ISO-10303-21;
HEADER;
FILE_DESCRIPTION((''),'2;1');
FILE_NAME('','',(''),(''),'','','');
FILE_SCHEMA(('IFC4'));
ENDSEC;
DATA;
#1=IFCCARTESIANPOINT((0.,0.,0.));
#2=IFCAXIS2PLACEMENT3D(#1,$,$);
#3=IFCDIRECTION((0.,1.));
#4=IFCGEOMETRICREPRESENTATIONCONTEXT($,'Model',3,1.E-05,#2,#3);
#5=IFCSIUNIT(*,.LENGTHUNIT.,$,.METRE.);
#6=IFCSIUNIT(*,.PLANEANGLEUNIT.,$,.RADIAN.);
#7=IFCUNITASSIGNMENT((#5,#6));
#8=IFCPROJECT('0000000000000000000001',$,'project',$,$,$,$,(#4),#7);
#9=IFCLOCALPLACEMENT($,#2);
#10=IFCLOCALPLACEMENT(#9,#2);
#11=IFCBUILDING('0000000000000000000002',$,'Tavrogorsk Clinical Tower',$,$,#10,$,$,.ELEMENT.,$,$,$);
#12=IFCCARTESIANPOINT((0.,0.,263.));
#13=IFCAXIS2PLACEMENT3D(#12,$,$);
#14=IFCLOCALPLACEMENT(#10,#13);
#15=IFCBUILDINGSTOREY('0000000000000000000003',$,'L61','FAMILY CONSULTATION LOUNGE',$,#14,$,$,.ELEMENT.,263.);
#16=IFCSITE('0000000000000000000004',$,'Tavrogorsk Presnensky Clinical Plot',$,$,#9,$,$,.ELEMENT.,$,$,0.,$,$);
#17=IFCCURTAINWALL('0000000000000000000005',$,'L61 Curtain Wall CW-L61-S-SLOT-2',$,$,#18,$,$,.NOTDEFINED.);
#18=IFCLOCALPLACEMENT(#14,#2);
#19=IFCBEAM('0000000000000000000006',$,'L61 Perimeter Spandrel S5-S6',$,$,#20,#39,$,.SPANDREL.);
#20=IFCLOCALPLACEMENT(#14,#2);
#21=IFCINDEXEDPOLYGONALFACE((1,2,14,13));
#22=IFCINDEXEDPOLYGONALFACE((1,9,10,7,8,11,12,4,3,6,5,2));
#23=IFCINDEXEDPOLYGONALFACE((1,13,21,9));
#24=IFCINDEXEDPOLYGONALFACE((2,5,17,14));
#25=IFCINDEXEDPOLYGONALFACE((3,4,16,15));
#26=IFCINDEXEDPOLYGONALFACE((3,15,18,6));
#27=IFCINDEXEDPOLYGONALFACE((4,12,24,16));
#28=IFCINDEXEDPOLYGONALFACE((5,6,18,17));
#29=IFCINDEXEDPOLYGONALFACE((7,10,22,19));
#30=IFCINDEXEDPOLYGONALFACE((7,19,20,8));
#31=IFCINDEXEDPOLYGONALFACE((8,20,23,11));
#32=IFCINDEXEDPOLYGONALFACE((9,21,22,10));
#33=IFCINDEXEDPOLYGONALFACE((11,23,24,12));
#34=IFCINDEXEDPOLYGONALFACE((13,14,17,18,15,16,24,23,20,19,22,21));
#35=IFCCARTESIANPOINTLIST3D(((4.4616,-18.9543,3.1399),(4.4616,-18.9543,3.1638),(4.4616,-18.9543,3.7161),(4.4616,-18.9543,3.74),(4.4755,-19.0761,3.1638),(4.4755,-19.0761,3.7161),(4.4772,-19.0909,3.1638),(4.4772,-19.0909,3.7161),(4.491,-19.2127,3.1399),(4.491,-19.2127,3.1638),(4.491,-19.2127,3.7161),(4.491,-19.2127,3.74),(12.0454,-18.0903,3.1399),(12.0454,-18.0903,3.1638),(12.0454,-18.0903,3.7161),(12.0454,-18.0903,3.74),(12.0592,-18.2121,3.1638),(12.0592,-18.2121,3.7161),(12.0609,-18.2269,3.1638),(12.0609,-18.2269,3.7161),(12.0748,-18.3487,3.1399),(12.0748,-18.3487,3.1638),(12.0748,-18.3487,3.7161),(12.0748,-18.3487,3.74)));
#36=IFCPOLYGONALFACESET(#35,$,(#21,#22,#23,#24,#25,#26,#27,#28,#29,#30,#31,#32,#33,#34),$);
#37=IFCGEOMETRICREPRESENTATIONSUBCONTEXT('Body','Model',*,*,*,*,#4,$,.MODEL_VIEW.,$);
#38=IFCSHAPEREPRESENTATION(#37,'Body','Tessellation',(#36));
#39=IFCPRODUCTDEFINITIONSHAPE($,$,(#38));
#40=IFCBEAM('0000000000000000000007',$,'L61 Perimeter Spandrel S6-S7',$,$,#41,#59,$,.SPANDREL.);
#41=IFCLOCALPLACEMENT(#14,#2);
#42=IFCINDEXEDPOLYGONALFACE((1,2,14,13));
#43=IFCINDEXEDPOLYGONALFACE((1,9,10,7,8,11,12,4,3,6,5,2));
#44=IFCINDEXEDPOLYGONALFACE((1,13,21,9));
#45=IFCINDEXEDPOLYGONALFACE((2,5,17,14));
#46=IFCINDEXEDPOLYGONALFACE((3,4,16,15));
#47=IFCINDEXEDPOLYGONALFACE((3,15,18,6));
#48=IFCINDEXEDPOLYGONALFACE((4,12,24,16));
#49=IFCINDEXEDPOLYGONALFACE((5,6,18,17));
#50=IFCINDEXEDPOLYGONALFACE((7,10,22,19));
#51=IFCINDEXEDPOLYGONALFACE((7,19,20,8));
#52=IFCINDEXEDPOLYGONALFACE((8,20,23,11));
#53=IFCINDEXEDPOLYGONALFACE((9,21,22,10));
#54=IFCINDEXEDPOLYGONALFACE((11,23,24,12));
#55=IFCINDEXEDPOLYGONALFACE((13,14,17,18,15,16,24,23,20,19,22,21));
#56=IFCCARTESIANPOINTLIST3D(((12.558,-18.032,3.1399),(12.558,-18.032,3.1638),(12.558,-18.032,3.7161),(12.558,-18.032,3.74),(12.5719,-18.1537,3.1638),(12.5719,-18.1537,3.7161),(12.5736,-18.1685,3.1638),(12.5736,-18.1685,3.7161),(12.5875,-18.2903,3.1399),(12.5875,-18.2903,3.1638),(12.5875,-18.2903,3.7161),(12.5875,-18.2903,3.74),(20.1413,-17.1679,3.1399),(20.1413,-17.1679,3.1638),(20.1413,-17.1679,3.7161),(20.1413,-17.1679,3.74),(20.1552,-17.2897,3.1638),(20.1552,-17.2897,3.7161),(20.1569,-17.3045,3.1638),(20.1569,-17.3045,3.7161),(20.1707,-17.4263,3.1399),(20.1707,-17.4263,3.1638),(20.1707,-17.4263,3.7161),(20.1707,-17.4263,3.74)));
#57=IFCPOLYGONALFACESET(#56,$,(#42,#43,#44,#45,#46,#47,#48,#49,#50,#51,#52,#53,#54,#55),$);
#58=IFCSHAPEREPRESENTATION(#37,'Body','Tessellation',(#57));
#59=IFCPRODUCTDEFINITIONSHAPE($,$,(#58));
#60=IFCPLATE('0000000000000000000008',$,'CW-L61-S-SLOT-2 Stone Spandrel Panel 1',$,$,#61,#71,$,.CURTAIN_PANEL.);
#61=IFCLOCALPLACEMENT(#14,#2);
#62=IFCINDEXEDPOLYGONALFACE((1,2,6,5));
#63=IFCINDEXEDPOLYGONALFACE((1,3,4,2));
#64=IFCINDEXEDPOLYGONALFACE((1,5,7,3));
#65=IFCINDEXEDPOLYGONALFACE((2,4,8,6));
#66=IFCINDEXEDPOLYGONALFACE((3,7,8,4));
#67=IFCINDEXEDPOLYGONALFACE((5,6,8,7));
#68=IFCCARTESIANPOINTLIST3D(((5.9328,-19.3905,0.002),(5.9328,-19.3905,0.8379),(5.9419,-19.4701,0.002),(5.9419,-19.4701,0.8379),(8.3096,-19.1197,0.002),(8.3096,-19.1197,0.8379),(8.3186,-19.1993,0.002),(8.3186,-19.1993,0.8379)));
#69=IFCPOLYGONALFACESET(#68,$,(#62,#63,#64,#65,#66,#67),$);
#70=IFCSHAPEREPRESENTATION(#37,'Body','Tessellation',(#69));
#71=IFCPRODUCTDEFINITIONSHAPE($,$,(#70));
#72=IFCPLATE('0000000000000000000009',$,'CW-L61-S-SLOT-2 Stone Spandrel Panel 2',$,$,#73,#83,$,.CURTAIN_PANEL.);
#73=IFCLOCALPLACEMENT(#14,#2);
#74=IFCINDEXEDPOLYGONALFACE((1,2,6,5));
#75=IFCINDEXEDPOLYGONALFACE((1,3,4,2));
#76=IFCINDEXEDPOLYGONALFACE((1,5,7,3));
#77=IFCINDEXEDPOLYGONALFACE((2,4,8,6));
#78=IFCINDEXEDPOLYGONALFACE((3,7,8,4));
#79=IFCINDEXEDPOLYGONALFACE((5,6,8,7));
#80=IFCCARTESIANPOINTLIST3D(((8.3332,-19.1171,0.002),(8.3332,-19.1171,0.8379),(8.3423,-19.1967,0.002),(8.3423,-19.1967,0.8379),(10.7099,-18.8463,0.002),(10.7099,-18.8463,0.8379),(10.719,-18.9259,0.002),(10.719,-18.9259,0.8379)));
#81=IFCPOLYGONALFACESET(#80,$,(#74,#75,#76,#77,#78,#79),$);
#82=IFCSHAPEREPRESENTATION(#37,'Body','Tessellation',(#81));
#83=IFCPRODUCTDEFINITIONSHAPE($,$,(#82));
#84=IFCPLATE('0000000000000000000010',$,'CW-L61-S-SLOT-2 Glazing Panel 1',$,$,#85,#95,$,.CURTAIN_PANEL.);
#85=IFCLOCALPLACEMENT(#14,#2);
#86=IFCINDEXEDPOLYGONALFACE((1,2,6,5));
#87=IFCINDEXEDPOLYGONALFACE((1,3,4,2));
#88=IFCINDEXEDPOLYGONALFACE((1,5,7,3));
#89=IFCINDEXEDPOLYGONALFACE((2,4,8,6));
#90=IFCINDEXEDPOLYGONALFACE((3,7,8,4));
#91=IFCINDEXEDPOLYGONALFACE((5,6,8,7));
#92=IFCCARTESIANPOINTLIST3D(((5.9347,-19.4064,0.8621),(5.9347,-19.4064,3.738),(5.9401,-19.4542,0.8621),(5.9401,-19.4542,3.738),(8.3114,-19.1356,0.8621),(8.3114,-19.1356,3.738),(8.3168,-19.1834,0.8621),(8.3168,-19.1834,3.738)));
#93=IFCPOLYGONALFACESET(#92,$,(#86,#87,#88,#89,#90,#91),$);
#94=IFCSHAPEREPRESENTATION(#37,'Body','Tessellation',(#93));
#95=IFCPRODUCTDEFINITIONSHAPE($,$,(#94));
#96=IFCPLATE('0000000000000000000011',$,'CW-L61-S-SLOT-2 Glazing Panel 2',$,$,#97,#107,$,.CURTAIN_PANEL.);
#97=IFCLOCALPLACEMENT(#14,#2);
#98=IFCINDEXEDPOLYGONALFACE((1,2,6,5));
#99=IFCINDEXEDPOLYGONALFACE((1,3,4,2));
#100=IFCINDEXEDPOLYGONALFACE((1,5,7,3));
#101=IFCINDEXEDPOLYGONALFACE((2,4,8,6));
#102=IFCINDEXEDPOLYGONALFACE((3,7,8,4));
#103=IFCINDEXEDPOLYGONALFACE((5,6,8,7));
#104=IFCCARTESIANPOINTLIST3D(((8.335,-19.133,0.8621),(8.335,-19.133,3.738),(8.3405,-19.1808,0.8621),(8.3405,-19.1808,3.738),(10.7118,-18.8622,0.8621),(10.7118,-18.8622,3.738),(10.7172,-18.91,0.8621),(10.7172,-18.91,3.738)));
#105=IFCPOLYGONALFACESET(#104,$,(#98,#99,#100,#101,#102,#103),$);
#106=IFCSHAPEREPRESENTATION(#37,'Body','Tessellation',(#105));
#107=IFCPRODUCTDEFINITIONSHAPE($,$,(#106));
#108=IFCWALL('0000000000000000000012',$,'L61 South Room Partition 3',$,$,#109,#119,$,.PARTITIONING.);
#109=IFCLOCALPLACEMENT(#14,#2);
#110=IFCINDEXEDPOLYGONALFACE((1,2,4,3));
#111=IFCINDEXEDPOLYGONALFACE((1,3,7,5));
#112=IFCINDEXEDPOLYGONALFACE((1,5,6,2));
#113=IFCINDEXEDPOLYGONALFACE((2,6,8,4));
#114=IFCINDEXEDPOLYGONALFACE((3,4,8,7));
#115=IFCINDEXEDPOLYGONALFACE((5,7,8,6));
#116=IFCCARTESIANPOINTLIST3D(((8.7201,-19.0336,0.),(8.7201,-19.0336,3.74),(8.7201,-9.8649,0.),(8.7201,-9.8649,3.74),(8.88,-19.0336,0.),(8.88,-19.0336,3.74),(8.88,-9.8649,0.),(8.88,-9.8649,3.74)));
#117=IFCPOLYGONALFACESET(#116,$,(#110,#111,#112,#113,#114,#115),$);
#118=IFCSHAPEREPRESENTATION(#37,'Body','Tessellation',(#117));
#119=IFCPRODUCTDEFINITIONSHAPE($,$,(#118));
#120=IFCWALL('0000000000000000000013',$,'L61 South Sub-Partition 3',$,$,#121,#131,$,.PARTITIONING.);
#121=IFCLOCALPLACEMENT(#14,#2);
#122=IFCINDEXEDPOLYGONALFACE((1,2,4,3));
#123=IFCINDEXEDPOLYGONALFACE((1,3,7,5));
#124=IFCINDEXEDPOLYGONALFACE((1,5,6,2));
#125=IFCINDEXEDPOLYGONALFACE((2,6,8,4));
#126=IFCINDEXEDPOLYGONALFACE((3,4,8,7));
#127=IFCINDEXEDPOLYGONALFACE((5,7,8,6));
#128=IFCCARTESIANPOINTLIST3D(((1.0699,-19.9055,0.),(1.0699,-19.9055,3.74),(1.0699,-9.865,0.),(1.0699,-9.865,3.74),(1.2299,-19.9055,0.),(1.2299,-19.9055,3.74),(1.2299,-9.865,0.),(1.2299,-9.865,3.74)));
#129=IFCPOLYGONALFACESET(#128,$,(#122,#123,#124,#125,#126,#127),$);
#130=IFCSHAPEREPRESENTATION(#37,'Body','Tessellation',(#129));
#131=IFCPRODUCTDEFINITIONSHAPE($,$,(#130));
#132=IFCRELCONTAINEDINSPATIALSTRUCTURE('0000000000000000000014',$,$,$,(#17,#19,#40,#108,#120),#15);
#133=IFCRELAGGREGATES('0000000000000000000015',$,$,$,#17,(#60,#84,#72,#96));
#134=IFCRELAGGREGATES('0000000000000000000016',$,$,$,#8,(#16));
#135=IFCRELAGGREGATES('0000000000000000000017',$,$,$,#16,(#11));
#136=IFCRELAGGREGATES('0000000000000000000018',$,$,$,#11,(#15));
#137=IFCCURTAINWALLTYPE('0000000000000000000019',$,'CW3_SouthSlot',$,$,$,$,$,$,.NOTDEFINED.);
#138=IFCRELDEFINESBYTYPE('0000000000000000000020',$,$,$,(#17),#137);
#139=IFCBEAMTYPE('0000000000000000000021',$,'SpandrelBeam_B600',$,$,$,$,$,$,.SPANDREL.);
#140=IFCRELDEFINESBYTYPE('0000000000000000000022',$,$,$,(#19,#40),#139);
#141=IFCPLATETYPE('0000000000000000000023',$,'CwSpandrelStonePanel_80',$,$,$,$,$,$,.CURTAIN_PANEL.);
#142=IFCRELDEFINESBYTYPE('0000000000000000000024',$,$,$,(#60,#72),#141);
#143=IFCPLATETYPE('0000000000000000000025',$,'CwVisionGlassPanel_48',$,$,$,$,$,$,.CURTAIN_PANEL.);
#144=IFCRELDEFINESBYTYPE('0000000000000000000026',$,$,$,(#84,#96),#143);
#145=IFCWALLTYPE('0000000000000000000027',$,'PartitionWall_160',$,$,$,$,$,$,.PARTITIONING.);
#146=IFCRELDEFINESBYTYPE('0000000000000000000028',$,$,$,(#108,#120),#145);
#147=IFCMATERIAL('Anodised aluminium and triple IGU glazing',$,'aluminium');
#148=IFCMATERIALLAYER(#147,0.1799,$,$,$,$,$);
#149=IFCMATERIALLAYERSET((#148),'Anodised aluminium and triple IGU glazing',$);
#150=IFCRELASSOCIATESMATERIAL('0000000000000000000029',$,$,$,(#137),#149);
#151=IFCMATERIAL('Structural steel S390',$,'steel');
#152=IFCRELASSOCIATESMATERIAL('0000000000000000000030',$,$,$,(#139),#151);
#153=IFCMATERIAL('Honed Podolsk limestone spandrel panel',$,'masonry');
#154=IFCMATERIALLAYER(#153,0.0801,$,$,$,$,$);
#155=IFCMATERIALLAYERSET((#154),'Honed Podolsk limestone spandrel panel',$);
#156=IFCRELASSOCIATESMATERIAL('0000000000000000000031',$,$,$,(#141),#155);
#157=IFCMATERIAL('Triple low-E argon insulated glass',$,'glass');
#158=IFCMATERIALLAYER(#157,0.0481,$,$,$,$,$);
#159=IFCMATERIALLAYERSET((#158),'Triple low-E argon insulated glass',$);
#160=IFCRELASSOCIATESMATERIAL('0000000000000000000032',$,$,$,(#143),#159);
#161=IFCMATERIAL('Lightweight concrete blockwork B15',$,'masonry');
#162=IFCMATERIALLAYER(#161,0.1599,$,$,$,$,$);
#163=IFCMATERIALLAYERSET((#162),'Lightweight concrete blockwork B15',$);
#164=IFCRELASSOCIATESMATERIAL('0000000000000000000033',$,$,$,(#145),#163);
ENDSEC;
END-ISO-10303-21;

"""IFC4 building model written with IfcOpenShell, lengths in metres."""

from ifc_helpers import new_model, si_unit, direction, frame, frame_2d, origin, origin_2d, place, context, subcontext, project, spatial, rectangle, i_section, extrude, material, layer, layer_set, material_profile, profile_set, type_object, element, aggregate, save


model = new_model("IFC4")

# Units and contexts
model_context = context("Model", 3, precision=1e-05, world=origin(), true_north=direction((0.0, 1.0)))
body_context = subcontext(model_context, "Body", "Model", "MODEL_VIEW")
ifc_project = project(units=[si_unit("LENGTHUNIT", "METRE"), si_unit("PLANEANGLEUNIT", "RADIAN")], contexts=[model_context])

# Site, building, storey
site_placement = place(None, origin())
site = spatial("IfcSite", under=ifc_project, at=site_placement, Name="Tavrogorsk Presnensky Clinical Plot", CompositionType="ELEMENT", RefElevation=0.0)
building_placement = place(site_placement, origin())
building = spatial("IfcBuilding", under=site, at=building_placement, Name="Tavrogorsk Clinical Tower", CompositionType="ELEMENT")
storey_placement = place(building_placement, frame((0.0, 0.0, 263.0)))
storey = spatial("IfcBuildingStorey", under=building, at=storey_placement, Name="L61", Description="FAMILY CONSULTATION LOUNGE", CompositionType="ELEMENT", Elevation=263.0)

# Curtain wall
ifc_material_1 = material(Name="Anodised aluminium and triple IGU glazing", Category="aluminium")
ifc_layer_1 = layer(ifc_material_1, 0.1799)
ifc_layer_set_1 = layer_set([ifc_layer_1], Name="Anodised aluminium and triple IGU glazing")
curtain_wall_type = type_object("IfcCurtainWallType", Name="CW3_SouthSlot", PredefinedType="NOTDEFINED", material=ifc_layer_set_1)
curtain_wall_placement = place(storey_placement, origin())
curtain_wall = element("IfcCurtainWall", 1, at=curtain_wall_placement, inside=storey, type_object=curtain_wall_type, Name="L61 Curtain Wall CW-L61-S-SLOT-2", PredefinedType="NOTDEFINED")

# Beams
ifc_material_2 = material(Name="Structural steel S390", Category="steel")
ifc_material_profile_1 = material_profile(ifc_material_2, i_section(OverallWidth=0.26, OverallDepth=0.6001, WebThickness=0.0149, FlangeThickness=0.0239, at=origin_2d()), Name="B-600x260x15x24")
ifc_profile_set_1 = profile_set([ifc_material_profile_1], Name="Structural steel S390")
beam_type = type_object("IfcBeamType", Name="SpandrelBeam_B600", PredefinedType="SPANDREL", material=ifc_profile_set_1)
beam_1_placement = place(storey_placement, frame((4.4763, -19.0835, 3.4399), z_axis=(0.993573, 0.113197, 0.0), x_axis=(-0.113197, 0.993573, 0.0)))
element("IfcBeam", 2, at=beam_1_placement, inside=storey, type_object=beam_type, Name="L61 Perimeter Spandrel S5-S6", PredefinedType="SPANDREL", context=body_context, shape_type="SweptSolid", body=[
    extrude(i_section(OverallWidth=0.26, OverallDepth=0.6001, WebThickness=0.0149, FlangeThickness=0.0239, at=origin_2d()), origin(), (0.0, 0.0, 1.0), 7.6328),
])
beam_2_placement = place(storey_placement, frame((12.5728, -18.1611, 3.4399), z_axis=(0.993572, 0.113205, 0.0), x_axis=(-0.113205, 0.993572, 0.0)))
element("IfcBeam", 3, at=beam_2_placement, inside=storey, type_object=beam_type, Name="L61 Perimeter Spandrel S6-S7", PredefinedType="SPANDREL", context=body_context, shape_type="SweptSolid", body=[
    extrude(i_section(OverallWidth=0.26, OverallDepth=0.6001, WebThickness=0.0149, FlangeThickness=0.0239, at=origin_2d()), origin(), (0.0, 0.0, 1.0), 7.6323),
])

# Plates
ifc_material_3 = material(Name="Honed Podolsk limestone spandrel panel", Category="masonry")
ifc_layer_2 = layer(ifc_material_3, 0.0801)
ifc_layer_set_2 = layer_set([ifc_layer_2], Name="Honed Podolsk limestone spandrel panel")
plate_type_1 = type_object("IfcPlateType", Name="CwSpandrelStonePanel_80", PredefinedType="CURTAIN_PANEL", material=ifc_layer_set_2)
plate_1_placement = place(storey_placement, frame((7.1257, -19.2949, 0.002), z_axis=(0.0, 0.0, 1.0), x_axis=(0.993572, 0.113203, 0.0)))
plate_1 = element("IfcPlate", 4, at=plate_1_placement, type_object=plate_type_1, Name="CW-L61-S-SLOT-2 Stone Spandrel Panel 1", PredefinedType="CURTAIN_PANEL", context=body_context, shape_type="SweptSolid", body=[
    extrude(rectangle(XDim=2.3921, YDim=0.0801, at=origin_2d()), origin(), (0.0, 0.0, 1.0), 0.8359),
])
plate_2_placement = place(storey_placement, frame((9.5261, -19.0215, 0.002), z_axis=(0.0, 0.0, 1.0), x_axis=(0.993572, 0.113203, 0.0)))
plate_2 = element("IfcPlate", 5, at=plate_2_placement, type_object=plate_type_1, Name="CW-L61-S-SLOT-2 Stone Spandrel Panel 2", PredefinedType="CURTAIN_PANEL", context=body_context, shape_type="SweptSolid", body=[
    extrude(rectangle(XDim=2.3921, YDim=0.0801, at=origin_2d()), origin(), (0.0, 0.0, 1.0), 0.8359),
])
ifc_material_4 = material(Name="Triple low-E argon insulated glass", Category="glass")
ifc_layer_3 = layer(ifc_material_4, 0.0481)
ifc_layer_set_3 = layer_set([ifc_layer_3], Name="Triple low-E argon insulated glass")
plate_type_2 = type_object("IfcPlateType", Name="CwVisionGlassPanel_48", PredefinedType="CURTAIN_PANEL", material=ifc_layer_set_3)
plate_3_placement = place(storey_placement, frame((7.1257, -19.2949, 0.8621), z_axis=(0.0, 0.0, 1.0), x_axis=(0.993572, 0.113203, 0.0)))
plate_3 = element("IfcPlate", 6, at=plate_3_placement, type_object=plate_type_2, Name="CW-L61-S-SLOT-2 Glazing Panel 1", PredefinedType="CURTAIN_PANEL", context=body_context, shape_type="SweptSolid", body=[
    extrude(rectangle(XDim=2.3921, YDim=0.0481, at=origin_2d()), origin(), (0.0, 0.0, 1.0), 2.876),
])
plate_4_placement = place(storey_placement, frame((9.5261, -19.0215, 0.8621), z_axis=(0.0, 0.0, 1.0), x_axis=(0.993572, 0.113203, 0.0)))
plate_4 = element("IfcPlate", 7, at=plate_4_placement, type_object=plate_type_2, Name="CW-L61-S-SLOT-2 Glazing Panel 2", PredefinedType="CURTAIN_PANEL", context=body_context, shape_type="SweptSolid", body=[
    extrude(rectangle(XDim=2.3921, YDim=0.0481, at=origin_2d()), origin(), (0.0, 0.0, 1.0), 2.876),
])
aggregate(curtain_wall, [plate_1, plate_3, plate_2, plate_4])

# Walls
ifc_material_5 = material(Name="Lightweight concrete blockwork B15", Category="masonry")
ifc_layer_4 = layer(ifc_material_5, 0.1599)
ifc_layer_set_4 = layer_set([ifc_layer_4], Name="Lightweight concrete blockwork B15")
wall_type_1 = type_object("IfcWallType", Name="PartitionWall_160", PredefinedType="PARTITIONING", material=ifc_layer_set_4)
wall_1_placement = place(storey_placement, frame((8.8, -19.0337, 0.0), z_axis=(0.0, 0.0, 1.0), x_axis=(0.0, 1.0, 0.0)))
element("IfcWall", 8, at=wall_1_placement, inside=storey, type_object=wall_type_1, Name="L61 South Room Partition 3", PredefinedType="PARTITIONING", context=body_context, shape_type="SweptSolid", body=[
    extrude(rectangle(XDim=9.1687, YDim=0.1599, at=frame_2d((4.5845, 0.0))), origin(), (0.0, 0.0, 1.0), 3.74),
])
wall_2_placement = place(storey_placement, frame((1.1499, -19.9055, 0.0), z_axis=(0.0, 0.0, 1.0), x_axis=(0.0, 1.0, 0.0)))
element("IfcWall", 9, at=wall_2_placement, inside=storey, type_object=wall_type_1, Name="L61 South Sub-Partition 3", PredefinedType="PARTITIONING", context=body_context, shape_type="SweptSolid", body=[
    extrude(rectangle(XDim=10.0405, YDim=0.1599, at=frame_2d((5.0203, 0.0))), origin(), (0.0, 0.0, 1.0), 3.74),
])

save(model, "model.ifc")
